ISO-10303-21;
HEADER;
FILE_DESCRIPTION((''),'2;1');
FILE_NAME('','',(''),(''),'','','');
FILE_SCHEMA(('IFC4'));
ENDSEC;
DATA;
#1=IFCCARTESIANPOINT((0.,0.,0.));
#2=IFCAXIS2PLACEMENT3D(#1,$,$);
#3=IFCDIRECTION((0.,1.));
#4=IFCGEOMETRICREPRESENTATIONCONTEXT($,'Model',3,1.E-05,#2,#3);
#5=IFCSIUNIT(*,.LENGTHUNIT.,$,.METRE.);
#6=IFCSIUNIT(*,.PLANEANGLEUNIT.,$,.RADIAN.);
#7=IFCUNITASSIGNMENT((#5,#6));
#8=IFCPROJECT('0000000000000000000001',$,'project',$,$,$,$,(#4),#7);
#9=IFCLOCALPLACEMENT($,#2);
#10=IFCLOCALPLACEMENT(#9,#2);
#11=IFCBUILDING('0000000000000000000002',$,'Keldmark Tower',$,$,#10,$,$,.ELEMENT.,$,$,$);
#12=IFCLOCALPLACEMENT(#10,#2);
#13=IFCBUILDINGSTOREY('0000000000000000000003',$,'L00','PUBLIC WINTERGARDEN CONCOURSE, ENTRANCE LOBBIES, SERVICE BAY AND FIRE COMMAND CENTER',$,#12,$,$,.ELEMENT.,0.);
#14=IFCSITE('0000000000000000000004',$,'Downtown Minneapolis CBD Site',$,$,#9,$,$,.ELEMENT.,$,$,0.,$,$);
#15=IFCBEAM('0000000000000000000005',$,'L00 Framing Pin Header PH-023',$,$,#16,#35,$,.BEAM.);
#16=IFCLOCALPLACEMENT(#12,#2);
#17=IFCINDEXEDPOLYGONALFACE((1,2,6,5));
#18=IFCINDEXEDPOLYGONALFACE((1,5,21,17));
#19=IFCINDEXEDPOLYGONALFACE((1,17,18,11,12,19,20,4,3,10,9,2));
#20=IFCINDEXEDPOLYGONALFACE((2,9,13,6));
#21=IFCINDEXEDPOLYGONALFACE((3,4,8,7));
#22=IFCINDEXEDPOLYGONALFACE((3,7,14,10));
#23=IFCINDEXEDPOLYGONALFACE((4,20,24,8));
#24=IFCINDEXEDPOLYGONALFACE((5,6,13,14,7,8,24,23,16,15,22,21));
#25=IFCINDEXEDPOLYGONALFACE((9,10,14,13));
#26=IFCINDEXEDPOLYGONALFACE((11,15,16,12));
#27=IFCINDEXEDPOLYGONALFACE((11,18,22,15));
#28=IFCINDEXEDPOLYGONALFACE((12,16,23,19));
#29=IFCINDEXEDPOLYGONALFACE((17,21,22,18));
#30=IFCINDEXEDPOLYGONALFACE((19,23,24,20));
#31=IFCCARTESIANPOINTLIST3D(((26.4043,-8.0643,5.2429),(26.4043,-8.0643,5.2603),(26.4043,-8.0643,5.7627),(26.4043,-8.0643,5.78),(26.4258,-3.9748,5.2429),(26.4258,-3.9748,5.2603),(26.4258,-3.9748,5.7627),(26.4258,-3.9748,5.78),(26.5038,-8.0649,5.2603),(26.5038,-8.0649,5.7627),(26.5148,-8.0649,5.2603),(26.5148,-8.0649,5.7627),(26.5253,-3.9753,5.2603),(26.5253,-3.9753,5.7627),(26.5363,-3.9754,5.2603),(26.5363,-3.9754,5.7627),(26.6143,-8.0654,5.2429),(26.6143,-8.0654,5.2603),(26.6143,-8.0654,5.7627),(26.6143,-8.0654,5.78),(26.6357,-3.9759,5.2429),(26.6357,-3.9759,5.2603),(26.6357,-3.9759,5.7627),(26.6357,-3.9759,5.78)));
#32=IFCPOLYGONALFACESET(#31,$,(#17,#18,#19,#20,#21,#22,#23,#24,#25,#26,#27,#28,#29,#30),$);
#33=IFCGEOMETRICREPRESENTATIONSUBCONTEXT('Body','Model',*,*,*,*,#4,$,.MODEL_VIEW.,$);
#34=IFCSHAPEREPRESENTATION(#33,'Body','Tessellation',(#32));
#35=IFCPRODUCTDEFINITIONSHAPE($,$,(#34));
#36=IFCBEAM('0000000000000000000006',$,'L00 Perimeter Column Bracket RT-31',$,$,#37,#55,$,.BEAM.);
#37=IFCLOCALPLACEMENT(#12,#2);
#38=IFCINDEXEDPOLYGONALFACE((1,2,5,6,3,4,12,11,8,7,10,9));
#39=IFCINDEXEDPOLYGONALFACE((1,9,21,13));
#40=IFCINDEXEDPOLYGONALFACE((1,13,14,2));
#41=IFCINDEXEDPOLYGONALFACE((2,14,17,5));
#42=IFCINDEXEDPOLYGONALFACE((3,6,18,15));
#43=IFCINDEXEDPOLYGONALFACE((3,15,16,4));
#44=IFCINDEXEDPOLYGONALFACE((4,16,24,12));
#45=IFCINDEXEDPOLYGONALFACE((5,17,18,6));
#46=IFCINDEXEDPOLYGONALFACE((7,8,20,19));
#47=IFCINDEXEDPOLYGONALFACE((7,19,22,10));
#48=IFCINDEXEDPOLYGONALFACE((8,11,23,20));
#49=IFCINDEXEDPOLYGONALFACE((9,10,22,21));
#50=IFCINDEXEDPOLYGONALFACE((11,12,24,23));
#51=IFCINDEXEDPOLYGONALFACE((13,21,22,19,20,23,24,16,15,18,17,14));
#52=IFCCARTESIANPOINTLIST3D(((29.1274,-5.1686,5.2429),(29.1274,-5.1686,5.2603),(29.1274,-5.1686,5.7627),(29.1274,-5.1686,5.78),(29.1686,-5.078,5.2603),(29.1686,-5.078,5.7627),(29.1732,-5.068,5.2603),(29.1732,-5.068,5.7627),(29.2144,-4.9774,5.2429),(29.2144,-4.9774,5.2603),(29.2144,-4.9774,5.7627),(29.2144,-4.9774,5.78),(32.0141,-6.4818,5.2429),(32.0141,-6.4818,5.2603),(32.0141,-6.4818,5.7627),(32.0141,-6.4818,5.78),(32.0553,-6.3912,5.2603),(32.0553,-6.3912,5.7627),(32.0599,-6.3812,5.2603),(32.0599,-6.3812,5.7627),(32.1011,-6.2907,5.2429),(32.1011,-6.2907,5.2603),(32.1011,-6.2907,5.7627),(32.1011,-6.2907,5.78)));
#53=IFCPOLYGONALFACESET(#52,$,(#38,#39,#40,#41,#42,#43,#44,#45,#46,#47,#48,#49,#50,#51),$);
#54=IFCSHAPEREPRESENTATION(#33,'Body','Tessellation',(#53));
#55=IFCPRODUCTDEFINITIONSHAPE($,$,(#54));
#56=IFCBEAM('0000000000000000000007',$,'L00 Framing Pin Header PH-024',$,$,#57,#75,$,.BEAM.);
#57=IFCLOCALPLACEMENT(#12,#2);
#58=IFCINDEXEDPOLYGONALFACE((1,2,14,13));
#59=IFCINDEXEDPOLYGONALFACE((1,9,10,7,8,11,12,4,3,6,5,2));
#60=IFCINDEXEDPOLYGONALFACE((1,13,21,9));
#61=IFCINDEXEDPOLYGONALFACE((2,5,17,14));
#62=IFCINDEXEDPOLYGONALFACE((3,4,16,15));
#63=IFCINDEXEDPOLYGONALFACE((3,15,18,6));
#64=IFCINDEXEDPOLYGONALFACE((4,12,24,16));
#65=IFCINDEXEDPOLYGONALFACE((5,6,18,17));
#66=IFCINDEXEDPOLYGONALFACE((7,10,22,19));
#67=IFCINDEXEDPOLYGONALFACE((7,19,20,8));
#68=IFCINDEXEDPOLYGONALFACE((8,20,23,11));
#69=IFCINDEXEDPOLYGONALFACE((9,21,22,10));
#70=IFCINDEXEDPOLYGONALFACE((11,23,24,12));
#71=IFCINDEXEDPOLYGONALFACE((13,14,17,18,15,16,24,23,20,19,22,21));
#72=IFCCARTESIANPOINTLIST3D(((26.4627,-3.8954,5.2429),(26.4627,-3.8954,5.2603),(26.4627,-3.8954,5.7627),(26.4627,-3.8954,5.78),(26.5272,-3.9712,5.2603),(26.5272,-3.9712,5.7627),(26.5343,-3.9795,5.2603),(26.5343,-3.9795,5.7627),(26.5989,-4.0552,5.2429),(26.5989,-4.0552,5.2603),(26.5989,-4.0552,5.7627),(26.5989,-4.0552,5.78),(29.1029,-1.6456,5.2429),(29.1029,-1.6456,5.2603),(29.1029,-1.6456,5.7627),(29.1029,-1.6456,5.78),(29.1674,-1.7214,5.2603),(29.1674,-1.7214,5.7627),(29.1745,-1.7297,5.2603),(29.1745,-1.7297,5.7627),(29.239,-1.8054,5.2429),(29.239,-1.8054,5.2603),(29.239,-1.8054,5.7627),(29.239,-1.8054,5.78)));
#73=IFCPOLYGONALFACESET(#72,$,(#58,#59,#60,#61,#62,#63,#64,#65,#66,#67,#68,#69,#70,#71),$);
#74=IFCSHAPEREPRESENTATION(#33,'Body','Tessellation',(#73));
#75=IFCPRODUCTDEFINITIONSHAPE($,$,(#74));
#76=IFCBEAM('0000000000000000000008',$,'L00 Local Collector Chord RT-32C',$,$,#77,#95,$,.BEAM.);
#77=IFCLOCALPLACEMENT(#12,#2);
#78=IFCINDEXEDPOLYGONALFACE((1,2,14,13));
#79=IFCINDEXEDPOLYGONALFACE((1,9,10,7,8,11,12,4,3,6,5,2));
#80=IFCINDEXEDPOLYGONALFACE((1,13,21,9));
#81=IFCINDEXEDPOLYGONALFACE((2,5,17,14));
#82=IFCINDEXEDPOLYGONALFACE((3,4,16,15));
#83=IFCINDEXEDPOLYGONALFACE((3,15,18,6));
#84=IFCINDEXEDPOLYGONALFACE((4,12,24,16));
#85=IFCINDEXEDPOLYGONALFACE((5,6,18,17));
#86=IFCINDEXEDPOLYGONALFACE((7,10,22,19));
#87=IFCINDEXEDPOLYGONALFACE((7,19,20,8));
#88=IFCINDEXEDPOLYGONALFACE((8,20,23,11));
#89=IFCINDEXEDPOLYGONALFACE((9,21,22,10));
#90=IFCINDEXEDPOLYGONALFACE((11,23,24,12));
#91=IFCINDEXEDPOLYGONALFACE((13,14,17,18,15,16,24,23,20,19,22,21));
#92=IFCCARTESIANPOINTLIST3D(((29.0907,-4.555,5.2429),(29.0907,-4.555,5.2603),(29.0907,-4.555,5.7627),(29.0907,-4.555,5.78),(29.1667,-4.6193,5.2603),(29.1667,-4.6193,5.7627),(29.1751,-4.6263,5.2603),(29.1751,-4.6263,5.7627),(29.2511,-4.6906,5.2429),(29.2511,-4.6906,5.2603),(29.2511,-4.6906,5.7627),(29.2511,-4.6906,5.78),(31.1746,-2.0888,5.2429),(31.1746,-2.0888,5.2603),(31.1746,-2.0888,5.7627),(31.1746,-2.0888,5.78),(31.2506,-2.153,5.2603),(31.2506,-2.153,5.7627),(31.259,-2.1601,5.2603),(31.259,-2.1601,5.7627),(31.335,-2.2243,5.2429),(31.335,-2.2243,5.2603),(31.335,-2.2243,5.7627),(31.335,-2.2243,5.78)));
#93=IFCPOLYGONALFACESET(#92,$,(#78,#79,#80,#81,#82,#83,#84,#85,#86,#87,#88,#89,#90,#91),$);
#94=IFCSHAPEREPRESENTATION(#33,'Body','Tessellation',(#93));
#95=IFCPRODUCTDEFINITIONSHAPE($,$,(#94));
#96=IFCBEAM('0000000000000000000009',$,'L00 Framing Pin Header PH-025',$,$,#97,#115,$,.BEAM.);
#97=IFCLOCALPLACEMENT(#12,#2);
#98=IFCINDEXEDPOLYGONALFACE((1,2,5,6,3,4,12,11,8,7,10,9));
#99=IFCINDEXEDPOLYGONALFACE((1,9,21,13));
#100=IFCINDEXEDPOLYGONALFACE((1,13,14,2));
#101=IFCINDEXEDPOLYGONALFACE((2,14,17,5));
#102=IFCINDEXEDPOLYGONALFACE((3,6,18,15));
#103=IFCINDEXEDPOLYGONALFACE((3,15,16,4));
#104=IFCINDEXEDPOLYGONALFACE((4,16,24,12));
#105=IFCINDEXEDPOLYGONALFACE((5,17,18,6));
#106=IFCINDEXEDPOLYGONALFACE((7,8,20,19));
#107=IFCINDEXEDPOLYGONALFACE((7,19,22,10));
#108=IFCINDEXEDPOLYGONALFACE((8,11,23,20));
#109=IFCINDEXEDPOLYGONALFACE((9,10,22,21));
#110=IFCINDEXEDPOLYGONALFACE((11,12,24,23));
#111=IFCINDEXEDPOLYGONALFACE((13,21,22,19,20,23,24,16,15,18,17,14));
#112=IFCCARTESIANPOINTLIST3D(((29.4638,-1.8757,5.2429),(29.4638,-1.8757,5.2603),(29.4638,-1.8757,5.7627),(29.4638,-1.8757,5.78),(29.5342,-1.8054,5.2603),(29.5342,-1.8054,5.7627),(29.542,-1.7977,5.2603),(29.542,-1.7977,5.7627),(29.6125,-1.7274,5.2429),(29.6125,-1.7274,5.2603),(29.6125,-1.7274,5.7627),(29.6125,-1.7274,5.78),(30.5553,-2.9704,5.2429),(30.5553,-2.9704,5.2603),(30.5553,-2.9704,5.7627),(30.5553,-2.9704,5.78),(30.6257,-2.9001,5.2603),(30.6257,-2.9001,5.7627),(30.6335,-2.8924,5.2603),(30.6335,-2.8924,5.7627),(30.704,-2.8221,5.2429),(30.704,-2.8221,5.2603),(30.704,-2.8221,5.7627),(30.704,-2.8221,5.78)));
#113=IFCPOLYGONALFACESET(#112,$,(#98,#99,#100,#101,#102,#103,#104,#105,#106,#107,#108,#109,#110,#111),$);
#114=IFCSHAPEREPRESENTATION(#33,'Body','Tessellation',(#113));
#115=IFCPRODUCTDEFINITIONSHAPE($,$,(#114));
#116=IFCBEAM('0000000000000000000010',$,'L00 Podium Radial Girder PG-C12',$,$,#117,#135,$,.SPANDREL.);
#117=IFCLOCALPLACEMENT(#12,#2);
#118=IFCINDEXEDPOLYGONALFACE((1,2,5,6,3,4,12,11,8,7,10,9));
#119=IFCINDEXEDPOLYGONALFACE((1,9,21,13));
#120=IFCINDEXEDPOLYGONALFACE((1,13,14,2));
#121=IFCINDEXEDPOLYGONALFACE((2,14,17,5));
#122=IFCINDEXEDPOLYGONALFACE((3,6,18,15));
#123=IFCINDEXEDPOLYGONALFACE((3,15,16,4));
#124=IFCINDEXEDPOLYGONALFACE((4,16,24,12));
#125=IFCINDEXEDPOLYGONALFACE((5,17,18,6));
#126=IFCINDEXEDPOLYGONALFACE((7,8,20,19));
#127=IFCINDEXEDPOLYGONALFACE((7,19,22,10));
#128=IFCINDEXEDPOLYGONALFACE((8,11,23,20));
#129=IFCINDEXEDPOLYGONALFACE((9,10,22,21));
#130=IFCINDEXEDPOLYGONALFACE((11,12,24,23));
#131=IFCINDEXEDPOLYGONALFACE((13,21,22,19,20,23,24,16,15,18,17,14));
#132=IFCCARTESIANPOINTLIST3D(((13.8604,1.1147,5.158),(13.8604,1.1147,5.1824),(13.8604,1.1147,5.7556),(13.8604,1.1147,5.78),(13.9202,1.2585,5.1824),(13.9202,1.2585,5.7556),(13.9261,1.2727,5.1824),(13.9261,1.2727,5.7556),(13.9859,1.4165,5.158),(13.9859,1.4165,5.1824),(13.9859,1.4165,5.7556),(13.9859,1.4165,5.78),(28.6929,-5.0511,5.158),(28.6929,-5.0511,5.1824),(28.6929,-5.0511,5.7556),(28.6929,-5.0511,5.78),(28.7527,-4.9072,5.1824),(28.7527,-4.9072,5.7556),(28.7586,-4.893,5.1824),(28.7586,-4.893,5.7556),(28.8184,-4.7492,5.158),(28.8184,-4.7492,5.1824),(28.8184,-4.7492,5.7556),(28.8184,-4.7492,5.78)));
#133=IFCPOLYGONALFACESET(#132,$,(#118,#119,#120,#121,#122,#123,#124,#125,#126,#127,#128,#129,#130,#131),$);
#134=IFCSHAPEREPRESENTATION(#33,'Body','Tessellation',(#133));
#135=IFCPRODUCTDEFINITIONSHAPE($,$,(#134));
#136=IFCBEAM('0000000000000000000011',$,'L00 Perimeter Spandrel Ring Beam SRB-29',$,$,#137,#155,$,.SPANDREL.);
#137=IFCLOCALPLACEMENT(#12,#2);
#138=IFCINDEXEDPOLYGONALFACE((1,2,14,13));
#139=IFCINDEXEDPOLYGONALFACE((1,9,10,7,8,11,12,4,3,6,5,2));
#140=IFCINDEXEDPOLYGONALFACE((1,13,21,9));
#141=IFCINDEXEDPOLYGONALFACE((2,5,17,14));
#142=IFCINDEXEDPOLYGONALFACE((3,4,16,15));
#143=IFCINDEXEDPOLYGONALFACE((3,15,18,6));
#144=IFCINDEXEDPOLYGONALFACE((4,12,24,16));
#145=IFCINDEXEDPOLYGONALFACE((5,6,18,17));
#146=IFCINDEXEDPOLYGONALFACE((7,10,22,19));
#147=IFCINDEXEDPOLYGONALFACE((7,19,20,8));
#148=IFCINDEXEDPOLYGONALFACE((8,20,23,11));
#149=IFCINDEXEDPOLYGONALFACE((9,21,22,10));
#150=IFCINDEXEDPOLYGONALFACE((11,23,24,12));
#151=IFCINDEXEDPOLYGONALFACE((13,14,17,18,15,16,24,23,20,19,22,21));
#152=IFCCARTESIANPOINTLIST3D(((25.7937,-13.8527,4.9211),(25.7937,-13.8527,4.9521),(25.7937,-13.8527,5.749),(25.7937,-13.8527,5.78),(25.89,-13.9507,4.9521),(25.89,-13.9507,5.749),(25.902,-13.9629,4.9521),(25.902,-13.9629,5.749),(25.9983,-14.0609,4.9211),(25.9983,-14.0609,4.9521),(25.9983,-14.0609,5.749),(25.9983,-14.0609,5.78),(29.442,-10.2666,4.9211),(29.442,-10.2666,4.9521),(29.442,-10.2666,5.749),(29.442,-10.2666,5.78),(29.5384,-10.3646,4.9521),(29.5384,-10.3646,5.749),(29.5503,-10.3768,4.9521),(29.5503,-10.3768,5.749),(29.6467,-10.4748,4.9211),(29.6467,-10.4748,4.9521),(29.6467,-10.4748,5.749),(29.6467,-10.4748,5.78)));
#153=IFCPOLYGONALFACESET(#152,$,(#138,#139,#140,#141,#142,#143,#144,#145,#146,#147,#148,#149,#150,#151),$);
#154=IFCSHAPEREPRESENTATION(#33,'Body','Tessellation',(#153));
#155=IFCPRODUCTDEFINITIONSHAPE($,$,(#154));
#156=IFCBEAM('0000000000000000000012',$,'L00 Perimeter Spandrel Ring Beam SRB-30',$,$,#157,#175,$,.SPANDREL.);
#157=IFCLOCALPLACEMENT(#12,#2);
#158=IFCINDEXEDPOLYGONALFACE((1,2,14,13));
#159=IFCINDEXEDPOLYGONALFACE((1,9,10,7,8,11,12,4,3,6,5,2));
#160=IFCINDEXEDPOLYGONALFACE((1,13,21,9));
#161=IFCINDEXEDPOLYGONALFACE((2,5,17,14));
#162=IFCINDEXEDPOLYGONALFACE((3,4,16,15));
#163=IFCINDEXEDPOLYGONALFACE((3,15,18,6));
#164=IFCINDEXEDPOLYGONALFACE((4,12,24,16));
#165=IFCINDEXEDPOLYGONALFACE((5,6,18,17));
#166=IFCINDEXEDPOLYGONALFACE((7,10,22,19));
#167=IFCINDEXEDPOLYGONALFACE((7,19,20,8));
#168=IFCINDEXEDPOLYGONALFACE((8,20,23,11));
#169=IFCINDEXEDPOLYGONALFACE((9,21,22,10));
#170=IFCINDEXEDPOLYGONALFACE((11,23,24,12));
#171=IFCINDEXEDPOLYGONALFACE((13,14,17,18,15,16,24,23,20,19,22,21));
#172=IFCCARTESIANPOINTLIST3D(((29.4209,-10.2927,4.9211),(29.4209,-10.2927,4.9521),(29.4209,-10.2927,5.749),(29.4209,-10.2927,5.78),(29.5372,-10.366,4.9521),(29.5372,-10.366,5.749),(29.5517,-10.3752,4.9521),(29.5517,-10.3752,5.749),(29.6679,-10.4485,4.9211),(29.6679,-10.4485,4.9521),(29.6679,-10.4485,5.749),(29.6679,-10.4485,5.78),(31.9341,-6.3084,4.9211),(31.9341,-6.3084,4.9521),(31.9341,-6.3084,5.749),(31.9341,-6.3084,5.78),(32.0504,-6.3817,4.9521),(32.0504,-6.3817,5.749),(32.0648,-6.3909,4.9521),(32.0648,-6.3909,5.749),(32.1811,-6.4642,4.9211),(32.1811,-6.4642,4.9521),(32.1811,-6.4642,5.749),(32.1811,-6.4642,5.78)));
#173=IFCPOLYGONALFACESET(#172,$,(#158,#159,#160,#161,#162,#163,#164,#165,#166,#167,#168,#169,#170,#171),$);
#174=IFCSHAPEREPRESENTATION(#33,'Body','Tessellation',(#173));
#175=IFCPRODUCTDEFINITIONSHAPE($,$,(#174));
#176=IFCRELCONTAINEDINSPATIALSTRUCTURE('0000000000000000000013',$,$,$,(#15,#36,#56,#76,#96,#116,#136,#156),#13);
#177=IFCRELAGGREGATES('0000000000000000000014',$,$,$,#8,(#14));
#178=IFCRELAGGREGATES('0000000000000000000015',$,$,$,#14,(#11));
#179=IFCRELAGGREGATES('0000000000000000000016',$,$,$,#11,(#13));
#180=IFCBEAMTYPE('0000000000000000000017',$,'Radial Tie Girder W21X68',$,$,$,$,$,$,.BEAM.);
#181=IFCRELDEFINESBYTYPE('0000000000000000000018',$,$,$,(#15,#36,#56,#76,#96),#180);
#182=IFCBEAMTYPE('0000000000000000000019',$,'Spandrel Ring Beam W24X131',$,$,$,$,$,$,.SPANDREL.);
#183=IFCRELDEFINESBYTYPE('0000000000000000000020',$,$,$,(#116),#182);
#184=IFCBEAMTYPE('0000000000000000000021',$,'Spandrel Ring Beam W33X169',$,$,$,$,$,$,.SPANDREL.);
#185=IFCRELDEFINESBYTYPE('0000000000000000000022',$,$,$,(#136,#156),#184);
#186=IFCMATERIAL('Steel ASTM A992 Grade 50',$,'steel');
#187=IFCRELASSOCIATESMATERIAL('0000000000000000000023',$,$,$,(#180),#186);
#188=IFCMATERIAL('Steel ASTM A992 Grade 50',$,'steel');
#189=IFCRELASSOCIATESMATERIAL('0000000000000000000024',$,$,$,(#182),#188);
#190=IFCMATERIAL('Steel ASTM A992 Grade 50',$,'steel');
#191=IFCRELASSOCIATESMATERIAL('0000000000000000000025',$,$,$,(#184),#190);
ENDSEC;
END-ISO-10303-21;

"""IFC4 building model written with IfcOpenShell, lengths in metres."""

from ifc_helpers import new_model, si_unit, direction, frame, origin, origin_2d, place, context, subcontext, project, spatial, i_section, extrude, material, material_profile, profile_set, type_object, element, save


model = new_model("IFC4")

# Units and contexts
model_context = context("Model", 3, precision=1e-05, world=origin(), true_north=direction((0.0, 1.0)))
body_context = subcontext(model_context, "Body", "Model", "MODEL_VIEW")
ifc_project = project(units=[si_unit("LENGTHUNIT", "METRE"), si_unit("PLANEANGLEUNIT", "RADIAN")], contexts=[model_context])

# Site, building, storey
site_placement = place(None, origin())
site = spatial("IfcSite", under=ifc_project, at=site_placement, Name="Downtown Minneapolis CBD Site", CompositionType="ELEMENT", RefElevation=0.0)
building_placement = place(site_placement, origin())
building = spatial("IfcBuilding", under=site, at=building_placement, Name="Keldmark Tower", CompositionType="ELEMENT")
storey_placement = place(building_placement, origin())
storey = spatial("IfcBuildingStorey", under=building, at=storey_placement, Name="L00", Description="PUBLIC WINTERGARDEN CONCOURSE, ENTRANCE LOBBIES, SERVICE BAY AND FIRE COMMAND CENTER", CompositionType="ELEMENT", Elevation=0.0)

# Beams
ifc_material_1 = material(Name="Steel ASTM A992 Grade 50", Category="steel")
ifc_material_profile_1 = material_profile(ifc_material_1, i_section(OverallWidth=0.21, OverallDepth=0.5371, WebThickness=0.011, FlangeThickness=0.0173, at=origin_2d()), Name="W21X68")
ifc_profile_set_1 = profile_set([ifc_material_profile_1], Name="Steel ASTM A992 Grade 50")
beam_type_1 = type_object("IfcBeamType", Name="Radial Tie Girder W21X68", PredefinedType="BEAM", material=ifc_profile_set_1)
beam_1_placement = place(storey_placement, frame((26.5308, -3.9753, 5.5115), z_axis=(-0.005253, -0.999986, 0.0), x_axis=(0.999986, -0.005253, 0.0)))
element("IfcBeam", 1, at=beam_1_placement, inside=storey, type_object=beam_type_1, Name="L00 Framing Pin Header PH-023", PredefinedType="BEAM", context=body_context, shape_type="SweptSolid", body=[
    extrude(i_section(OverallWidth=0.21, OverallDepth=0.5371, WebThickness=0.011, FlangeThickness=0.0173, at=origin_2d()), origin(), (0.0, 0.0, 1.0), 4.0896),
])
beam_2_placement = place(storey_placement, frame((29.1709, -5.073, 5.5115), z_axis=(0.910237, -0.414087, 0.0), x_axis=(0.414087, 0.910237, 0.0)))
element("IfcBeam", 2, at=beam_2_placement, inside=storey, type_object=beam_type_1, Name="L00 Perimeter Column Bracket RT-31", PredefinedType="BEAM", context=body_context, shape_type="SweptSolid", body=[
    extrude(i_section(OverallWidth=0.21, OverallDepth=0.5371, WebThickness=0.011, FlangeThickness=0.0173, at=origin_2d()), origin(), (0.0, 0.0, 1.0), 3.1714),
])
beam_3_placement = place(storey_placement, frame((26.5308, -3.9753, 5.5115), z_axis=(0.761136, 0.648592, 0.0), x_axis=(-0.648592, 0.761136, 0.0)))
element("IfcBeam", 3, at=beam_3_placement, inside=storey, type_object=beam_type_1, Name="L00 Framing Pin Header PH-024", PredefinedType="BEAM", context=body_context, shape_type="SweptSolid", body=[
    extrude(i_section(OverallWidth=0.21, OverallDepth=0.5371, WebThickness=0.011, FlangeThickness=0.0173, at=origin_2d()), origin(), (0.0, 0.0, 1.0), 3.4688),
])
beam_4_placement = place(storey_placement, frame((29.1709, -4.6228, 5.5115), z_axis=(0.64542, 0.763828, 0.0), x_axis=(-0.763828, 0.64542, 0.0)))
element("IfcBeam", 4, at=beam_4_placement, inside=storey, type_object=beam_type_1, Name="L00 Local Collector Chord RT-32C", PredefinedType="BEAM", context=body_context, shape_type="SweptSolid", body=[
    extrude(i_section(OverallWidth=0.21, OverallDepth=0.5371, WebThickness=0.011, FlangeThickness=0.0173, at=origin_2d()), origin(), (0.0, 0.0, 1.0), 3.2288),
])
beam_5_placement = place(storey_placement, frame((30.6296, -2.8962, 5.5115), z_axis=(-0.70608, 0.708133, 0.0), x_axis=(-0.708133, -0.70608, 0.0)))
element("IfcBeam", 5, at=beam_5_placement, inside=storey, type_object=beam_type_1, Name="L00 Framing Pin Header PH-025", PredefinedType="BEAM", context=body_context, shape_type="SweptSolid", body=[
    extrude(i_section(OverallWidth=0.21, OverallDepth=0.5371, WebThickness=0.011, FlangeThickness=0.0173, at=origin_2d()), origin(), (0.0, 0.0, 1.0), 1.5459),
])
ifc_material_2 = material(Name="Steel ASTM A992 Grade 50", Category="steel")
ifc_material_profile_2 = material_profile(ifc_material_2, i_section(OverallWidth=0.3269, OverallDepth=0.6221, WebThickness=0.0154, FlangeThickness=0.0244, at=origin_2d()), Name="W24X131")
ifc_profile_set_2 = profile_set([ifc_material_profile_2], Name="Steel ASTM A992 Grade 50")
beam_type_2 = type_object("IfcBeamType", Name="Spandrel Ring Beam W24X131", PredefinedType="SPANDREL", material=ifc_profile_set_2)
beam_6_placement = place(storey_placement, frame((28.7556, -4.9001, 5.469), z_axis=(-0.923396, 0.383849, 0.0), x_axis=(-0.383849, -0.923396, 0.0)))
element("IfcBeam", 6, at=beam_6_placement, inside=storey, type_object=beam_type_2, Name="L00 Podium Radial Girder PG-C12", PredefinedType="SPANDREL", context=body_context, shape_type="SweptSolid", body=[
    extrude(i_section(OverallWidth=0.3269, OverallDepth=0.6221, WebThickness=0.0154, FlangeThickness=0.0244, at=origin_2d()), origin(), (0.0, 0.0, 1.0), 16.063),
])
ifc_material_3 = material(Name="Steel ASTM A992 Grade 50", Category="steel")
ifc_material_profile_3 = material_profile(ifc_material_3, i_section(OverallWidth=0.292, OverallDepth=0.8589, WebThickness=0.0171, FlangeThickness=0.031, at=origin_2d()), Name="W33X169")
ifc_profile_set_3 = profile_set([ifc_material_profile_3], Name="Steel ASTM A992 Grade 50")
beam_type_3 = type_object("IfcBeamType", Name="Spandrel Ring Beam W33X169", PredefinedType="SPANDREL", material=ifc_profile_set_3)
beam_7_placement = place(storey_placement, frame((25.896, -13.9568, 5.3506), z_axis=(0.713165, 0.700996, 0.0), x_axis=(-0.700996, 0.713165, 0.0)))
element("IfcBeam", 7, at=beam_7_placement, inside=storey, type_object=beam_type_3, Name="L00 Perimeter Spandrel Ring Beam SRB-29", PredefinedType="SPANDREL", context=body_context, shape_type="SweptSolid", body=[
    extrude(i_section(OverallWidth=0.292, OverallDepth=0.8589, WebThickness=0.0171, FlangeThickness=0.031, at=origin_2d()), origin(), (0.0, 0.0, 1.0), 5.1157),
])
beam_8_placement = place(storey_placement, frame((29.5444, -10.3706, 5.3506), z_axis=(0.533498, 0.845802, 0.0), x_axis=(-0.845802, 0.533498, 0.0)))
element("IfcBeam", 8, at=beam_8_placement, inside=storey, type_object=beam_type_3, Name="L00 Perimeter Spandrel Ring Beam SRB-30", PredefinedType="SPANDREL", context=body_context, shape_type="SweptSolid", body=[
    extrude(i_section(OverallWidth=0.292, OverallDepth=0.8589, WebThickness=0.0171, FlangeThickness=0.031, at=origin_2d()), origin(), (0.0, 0.0, 1.0), 4.7107),
])

save(model, "model.ifc")
